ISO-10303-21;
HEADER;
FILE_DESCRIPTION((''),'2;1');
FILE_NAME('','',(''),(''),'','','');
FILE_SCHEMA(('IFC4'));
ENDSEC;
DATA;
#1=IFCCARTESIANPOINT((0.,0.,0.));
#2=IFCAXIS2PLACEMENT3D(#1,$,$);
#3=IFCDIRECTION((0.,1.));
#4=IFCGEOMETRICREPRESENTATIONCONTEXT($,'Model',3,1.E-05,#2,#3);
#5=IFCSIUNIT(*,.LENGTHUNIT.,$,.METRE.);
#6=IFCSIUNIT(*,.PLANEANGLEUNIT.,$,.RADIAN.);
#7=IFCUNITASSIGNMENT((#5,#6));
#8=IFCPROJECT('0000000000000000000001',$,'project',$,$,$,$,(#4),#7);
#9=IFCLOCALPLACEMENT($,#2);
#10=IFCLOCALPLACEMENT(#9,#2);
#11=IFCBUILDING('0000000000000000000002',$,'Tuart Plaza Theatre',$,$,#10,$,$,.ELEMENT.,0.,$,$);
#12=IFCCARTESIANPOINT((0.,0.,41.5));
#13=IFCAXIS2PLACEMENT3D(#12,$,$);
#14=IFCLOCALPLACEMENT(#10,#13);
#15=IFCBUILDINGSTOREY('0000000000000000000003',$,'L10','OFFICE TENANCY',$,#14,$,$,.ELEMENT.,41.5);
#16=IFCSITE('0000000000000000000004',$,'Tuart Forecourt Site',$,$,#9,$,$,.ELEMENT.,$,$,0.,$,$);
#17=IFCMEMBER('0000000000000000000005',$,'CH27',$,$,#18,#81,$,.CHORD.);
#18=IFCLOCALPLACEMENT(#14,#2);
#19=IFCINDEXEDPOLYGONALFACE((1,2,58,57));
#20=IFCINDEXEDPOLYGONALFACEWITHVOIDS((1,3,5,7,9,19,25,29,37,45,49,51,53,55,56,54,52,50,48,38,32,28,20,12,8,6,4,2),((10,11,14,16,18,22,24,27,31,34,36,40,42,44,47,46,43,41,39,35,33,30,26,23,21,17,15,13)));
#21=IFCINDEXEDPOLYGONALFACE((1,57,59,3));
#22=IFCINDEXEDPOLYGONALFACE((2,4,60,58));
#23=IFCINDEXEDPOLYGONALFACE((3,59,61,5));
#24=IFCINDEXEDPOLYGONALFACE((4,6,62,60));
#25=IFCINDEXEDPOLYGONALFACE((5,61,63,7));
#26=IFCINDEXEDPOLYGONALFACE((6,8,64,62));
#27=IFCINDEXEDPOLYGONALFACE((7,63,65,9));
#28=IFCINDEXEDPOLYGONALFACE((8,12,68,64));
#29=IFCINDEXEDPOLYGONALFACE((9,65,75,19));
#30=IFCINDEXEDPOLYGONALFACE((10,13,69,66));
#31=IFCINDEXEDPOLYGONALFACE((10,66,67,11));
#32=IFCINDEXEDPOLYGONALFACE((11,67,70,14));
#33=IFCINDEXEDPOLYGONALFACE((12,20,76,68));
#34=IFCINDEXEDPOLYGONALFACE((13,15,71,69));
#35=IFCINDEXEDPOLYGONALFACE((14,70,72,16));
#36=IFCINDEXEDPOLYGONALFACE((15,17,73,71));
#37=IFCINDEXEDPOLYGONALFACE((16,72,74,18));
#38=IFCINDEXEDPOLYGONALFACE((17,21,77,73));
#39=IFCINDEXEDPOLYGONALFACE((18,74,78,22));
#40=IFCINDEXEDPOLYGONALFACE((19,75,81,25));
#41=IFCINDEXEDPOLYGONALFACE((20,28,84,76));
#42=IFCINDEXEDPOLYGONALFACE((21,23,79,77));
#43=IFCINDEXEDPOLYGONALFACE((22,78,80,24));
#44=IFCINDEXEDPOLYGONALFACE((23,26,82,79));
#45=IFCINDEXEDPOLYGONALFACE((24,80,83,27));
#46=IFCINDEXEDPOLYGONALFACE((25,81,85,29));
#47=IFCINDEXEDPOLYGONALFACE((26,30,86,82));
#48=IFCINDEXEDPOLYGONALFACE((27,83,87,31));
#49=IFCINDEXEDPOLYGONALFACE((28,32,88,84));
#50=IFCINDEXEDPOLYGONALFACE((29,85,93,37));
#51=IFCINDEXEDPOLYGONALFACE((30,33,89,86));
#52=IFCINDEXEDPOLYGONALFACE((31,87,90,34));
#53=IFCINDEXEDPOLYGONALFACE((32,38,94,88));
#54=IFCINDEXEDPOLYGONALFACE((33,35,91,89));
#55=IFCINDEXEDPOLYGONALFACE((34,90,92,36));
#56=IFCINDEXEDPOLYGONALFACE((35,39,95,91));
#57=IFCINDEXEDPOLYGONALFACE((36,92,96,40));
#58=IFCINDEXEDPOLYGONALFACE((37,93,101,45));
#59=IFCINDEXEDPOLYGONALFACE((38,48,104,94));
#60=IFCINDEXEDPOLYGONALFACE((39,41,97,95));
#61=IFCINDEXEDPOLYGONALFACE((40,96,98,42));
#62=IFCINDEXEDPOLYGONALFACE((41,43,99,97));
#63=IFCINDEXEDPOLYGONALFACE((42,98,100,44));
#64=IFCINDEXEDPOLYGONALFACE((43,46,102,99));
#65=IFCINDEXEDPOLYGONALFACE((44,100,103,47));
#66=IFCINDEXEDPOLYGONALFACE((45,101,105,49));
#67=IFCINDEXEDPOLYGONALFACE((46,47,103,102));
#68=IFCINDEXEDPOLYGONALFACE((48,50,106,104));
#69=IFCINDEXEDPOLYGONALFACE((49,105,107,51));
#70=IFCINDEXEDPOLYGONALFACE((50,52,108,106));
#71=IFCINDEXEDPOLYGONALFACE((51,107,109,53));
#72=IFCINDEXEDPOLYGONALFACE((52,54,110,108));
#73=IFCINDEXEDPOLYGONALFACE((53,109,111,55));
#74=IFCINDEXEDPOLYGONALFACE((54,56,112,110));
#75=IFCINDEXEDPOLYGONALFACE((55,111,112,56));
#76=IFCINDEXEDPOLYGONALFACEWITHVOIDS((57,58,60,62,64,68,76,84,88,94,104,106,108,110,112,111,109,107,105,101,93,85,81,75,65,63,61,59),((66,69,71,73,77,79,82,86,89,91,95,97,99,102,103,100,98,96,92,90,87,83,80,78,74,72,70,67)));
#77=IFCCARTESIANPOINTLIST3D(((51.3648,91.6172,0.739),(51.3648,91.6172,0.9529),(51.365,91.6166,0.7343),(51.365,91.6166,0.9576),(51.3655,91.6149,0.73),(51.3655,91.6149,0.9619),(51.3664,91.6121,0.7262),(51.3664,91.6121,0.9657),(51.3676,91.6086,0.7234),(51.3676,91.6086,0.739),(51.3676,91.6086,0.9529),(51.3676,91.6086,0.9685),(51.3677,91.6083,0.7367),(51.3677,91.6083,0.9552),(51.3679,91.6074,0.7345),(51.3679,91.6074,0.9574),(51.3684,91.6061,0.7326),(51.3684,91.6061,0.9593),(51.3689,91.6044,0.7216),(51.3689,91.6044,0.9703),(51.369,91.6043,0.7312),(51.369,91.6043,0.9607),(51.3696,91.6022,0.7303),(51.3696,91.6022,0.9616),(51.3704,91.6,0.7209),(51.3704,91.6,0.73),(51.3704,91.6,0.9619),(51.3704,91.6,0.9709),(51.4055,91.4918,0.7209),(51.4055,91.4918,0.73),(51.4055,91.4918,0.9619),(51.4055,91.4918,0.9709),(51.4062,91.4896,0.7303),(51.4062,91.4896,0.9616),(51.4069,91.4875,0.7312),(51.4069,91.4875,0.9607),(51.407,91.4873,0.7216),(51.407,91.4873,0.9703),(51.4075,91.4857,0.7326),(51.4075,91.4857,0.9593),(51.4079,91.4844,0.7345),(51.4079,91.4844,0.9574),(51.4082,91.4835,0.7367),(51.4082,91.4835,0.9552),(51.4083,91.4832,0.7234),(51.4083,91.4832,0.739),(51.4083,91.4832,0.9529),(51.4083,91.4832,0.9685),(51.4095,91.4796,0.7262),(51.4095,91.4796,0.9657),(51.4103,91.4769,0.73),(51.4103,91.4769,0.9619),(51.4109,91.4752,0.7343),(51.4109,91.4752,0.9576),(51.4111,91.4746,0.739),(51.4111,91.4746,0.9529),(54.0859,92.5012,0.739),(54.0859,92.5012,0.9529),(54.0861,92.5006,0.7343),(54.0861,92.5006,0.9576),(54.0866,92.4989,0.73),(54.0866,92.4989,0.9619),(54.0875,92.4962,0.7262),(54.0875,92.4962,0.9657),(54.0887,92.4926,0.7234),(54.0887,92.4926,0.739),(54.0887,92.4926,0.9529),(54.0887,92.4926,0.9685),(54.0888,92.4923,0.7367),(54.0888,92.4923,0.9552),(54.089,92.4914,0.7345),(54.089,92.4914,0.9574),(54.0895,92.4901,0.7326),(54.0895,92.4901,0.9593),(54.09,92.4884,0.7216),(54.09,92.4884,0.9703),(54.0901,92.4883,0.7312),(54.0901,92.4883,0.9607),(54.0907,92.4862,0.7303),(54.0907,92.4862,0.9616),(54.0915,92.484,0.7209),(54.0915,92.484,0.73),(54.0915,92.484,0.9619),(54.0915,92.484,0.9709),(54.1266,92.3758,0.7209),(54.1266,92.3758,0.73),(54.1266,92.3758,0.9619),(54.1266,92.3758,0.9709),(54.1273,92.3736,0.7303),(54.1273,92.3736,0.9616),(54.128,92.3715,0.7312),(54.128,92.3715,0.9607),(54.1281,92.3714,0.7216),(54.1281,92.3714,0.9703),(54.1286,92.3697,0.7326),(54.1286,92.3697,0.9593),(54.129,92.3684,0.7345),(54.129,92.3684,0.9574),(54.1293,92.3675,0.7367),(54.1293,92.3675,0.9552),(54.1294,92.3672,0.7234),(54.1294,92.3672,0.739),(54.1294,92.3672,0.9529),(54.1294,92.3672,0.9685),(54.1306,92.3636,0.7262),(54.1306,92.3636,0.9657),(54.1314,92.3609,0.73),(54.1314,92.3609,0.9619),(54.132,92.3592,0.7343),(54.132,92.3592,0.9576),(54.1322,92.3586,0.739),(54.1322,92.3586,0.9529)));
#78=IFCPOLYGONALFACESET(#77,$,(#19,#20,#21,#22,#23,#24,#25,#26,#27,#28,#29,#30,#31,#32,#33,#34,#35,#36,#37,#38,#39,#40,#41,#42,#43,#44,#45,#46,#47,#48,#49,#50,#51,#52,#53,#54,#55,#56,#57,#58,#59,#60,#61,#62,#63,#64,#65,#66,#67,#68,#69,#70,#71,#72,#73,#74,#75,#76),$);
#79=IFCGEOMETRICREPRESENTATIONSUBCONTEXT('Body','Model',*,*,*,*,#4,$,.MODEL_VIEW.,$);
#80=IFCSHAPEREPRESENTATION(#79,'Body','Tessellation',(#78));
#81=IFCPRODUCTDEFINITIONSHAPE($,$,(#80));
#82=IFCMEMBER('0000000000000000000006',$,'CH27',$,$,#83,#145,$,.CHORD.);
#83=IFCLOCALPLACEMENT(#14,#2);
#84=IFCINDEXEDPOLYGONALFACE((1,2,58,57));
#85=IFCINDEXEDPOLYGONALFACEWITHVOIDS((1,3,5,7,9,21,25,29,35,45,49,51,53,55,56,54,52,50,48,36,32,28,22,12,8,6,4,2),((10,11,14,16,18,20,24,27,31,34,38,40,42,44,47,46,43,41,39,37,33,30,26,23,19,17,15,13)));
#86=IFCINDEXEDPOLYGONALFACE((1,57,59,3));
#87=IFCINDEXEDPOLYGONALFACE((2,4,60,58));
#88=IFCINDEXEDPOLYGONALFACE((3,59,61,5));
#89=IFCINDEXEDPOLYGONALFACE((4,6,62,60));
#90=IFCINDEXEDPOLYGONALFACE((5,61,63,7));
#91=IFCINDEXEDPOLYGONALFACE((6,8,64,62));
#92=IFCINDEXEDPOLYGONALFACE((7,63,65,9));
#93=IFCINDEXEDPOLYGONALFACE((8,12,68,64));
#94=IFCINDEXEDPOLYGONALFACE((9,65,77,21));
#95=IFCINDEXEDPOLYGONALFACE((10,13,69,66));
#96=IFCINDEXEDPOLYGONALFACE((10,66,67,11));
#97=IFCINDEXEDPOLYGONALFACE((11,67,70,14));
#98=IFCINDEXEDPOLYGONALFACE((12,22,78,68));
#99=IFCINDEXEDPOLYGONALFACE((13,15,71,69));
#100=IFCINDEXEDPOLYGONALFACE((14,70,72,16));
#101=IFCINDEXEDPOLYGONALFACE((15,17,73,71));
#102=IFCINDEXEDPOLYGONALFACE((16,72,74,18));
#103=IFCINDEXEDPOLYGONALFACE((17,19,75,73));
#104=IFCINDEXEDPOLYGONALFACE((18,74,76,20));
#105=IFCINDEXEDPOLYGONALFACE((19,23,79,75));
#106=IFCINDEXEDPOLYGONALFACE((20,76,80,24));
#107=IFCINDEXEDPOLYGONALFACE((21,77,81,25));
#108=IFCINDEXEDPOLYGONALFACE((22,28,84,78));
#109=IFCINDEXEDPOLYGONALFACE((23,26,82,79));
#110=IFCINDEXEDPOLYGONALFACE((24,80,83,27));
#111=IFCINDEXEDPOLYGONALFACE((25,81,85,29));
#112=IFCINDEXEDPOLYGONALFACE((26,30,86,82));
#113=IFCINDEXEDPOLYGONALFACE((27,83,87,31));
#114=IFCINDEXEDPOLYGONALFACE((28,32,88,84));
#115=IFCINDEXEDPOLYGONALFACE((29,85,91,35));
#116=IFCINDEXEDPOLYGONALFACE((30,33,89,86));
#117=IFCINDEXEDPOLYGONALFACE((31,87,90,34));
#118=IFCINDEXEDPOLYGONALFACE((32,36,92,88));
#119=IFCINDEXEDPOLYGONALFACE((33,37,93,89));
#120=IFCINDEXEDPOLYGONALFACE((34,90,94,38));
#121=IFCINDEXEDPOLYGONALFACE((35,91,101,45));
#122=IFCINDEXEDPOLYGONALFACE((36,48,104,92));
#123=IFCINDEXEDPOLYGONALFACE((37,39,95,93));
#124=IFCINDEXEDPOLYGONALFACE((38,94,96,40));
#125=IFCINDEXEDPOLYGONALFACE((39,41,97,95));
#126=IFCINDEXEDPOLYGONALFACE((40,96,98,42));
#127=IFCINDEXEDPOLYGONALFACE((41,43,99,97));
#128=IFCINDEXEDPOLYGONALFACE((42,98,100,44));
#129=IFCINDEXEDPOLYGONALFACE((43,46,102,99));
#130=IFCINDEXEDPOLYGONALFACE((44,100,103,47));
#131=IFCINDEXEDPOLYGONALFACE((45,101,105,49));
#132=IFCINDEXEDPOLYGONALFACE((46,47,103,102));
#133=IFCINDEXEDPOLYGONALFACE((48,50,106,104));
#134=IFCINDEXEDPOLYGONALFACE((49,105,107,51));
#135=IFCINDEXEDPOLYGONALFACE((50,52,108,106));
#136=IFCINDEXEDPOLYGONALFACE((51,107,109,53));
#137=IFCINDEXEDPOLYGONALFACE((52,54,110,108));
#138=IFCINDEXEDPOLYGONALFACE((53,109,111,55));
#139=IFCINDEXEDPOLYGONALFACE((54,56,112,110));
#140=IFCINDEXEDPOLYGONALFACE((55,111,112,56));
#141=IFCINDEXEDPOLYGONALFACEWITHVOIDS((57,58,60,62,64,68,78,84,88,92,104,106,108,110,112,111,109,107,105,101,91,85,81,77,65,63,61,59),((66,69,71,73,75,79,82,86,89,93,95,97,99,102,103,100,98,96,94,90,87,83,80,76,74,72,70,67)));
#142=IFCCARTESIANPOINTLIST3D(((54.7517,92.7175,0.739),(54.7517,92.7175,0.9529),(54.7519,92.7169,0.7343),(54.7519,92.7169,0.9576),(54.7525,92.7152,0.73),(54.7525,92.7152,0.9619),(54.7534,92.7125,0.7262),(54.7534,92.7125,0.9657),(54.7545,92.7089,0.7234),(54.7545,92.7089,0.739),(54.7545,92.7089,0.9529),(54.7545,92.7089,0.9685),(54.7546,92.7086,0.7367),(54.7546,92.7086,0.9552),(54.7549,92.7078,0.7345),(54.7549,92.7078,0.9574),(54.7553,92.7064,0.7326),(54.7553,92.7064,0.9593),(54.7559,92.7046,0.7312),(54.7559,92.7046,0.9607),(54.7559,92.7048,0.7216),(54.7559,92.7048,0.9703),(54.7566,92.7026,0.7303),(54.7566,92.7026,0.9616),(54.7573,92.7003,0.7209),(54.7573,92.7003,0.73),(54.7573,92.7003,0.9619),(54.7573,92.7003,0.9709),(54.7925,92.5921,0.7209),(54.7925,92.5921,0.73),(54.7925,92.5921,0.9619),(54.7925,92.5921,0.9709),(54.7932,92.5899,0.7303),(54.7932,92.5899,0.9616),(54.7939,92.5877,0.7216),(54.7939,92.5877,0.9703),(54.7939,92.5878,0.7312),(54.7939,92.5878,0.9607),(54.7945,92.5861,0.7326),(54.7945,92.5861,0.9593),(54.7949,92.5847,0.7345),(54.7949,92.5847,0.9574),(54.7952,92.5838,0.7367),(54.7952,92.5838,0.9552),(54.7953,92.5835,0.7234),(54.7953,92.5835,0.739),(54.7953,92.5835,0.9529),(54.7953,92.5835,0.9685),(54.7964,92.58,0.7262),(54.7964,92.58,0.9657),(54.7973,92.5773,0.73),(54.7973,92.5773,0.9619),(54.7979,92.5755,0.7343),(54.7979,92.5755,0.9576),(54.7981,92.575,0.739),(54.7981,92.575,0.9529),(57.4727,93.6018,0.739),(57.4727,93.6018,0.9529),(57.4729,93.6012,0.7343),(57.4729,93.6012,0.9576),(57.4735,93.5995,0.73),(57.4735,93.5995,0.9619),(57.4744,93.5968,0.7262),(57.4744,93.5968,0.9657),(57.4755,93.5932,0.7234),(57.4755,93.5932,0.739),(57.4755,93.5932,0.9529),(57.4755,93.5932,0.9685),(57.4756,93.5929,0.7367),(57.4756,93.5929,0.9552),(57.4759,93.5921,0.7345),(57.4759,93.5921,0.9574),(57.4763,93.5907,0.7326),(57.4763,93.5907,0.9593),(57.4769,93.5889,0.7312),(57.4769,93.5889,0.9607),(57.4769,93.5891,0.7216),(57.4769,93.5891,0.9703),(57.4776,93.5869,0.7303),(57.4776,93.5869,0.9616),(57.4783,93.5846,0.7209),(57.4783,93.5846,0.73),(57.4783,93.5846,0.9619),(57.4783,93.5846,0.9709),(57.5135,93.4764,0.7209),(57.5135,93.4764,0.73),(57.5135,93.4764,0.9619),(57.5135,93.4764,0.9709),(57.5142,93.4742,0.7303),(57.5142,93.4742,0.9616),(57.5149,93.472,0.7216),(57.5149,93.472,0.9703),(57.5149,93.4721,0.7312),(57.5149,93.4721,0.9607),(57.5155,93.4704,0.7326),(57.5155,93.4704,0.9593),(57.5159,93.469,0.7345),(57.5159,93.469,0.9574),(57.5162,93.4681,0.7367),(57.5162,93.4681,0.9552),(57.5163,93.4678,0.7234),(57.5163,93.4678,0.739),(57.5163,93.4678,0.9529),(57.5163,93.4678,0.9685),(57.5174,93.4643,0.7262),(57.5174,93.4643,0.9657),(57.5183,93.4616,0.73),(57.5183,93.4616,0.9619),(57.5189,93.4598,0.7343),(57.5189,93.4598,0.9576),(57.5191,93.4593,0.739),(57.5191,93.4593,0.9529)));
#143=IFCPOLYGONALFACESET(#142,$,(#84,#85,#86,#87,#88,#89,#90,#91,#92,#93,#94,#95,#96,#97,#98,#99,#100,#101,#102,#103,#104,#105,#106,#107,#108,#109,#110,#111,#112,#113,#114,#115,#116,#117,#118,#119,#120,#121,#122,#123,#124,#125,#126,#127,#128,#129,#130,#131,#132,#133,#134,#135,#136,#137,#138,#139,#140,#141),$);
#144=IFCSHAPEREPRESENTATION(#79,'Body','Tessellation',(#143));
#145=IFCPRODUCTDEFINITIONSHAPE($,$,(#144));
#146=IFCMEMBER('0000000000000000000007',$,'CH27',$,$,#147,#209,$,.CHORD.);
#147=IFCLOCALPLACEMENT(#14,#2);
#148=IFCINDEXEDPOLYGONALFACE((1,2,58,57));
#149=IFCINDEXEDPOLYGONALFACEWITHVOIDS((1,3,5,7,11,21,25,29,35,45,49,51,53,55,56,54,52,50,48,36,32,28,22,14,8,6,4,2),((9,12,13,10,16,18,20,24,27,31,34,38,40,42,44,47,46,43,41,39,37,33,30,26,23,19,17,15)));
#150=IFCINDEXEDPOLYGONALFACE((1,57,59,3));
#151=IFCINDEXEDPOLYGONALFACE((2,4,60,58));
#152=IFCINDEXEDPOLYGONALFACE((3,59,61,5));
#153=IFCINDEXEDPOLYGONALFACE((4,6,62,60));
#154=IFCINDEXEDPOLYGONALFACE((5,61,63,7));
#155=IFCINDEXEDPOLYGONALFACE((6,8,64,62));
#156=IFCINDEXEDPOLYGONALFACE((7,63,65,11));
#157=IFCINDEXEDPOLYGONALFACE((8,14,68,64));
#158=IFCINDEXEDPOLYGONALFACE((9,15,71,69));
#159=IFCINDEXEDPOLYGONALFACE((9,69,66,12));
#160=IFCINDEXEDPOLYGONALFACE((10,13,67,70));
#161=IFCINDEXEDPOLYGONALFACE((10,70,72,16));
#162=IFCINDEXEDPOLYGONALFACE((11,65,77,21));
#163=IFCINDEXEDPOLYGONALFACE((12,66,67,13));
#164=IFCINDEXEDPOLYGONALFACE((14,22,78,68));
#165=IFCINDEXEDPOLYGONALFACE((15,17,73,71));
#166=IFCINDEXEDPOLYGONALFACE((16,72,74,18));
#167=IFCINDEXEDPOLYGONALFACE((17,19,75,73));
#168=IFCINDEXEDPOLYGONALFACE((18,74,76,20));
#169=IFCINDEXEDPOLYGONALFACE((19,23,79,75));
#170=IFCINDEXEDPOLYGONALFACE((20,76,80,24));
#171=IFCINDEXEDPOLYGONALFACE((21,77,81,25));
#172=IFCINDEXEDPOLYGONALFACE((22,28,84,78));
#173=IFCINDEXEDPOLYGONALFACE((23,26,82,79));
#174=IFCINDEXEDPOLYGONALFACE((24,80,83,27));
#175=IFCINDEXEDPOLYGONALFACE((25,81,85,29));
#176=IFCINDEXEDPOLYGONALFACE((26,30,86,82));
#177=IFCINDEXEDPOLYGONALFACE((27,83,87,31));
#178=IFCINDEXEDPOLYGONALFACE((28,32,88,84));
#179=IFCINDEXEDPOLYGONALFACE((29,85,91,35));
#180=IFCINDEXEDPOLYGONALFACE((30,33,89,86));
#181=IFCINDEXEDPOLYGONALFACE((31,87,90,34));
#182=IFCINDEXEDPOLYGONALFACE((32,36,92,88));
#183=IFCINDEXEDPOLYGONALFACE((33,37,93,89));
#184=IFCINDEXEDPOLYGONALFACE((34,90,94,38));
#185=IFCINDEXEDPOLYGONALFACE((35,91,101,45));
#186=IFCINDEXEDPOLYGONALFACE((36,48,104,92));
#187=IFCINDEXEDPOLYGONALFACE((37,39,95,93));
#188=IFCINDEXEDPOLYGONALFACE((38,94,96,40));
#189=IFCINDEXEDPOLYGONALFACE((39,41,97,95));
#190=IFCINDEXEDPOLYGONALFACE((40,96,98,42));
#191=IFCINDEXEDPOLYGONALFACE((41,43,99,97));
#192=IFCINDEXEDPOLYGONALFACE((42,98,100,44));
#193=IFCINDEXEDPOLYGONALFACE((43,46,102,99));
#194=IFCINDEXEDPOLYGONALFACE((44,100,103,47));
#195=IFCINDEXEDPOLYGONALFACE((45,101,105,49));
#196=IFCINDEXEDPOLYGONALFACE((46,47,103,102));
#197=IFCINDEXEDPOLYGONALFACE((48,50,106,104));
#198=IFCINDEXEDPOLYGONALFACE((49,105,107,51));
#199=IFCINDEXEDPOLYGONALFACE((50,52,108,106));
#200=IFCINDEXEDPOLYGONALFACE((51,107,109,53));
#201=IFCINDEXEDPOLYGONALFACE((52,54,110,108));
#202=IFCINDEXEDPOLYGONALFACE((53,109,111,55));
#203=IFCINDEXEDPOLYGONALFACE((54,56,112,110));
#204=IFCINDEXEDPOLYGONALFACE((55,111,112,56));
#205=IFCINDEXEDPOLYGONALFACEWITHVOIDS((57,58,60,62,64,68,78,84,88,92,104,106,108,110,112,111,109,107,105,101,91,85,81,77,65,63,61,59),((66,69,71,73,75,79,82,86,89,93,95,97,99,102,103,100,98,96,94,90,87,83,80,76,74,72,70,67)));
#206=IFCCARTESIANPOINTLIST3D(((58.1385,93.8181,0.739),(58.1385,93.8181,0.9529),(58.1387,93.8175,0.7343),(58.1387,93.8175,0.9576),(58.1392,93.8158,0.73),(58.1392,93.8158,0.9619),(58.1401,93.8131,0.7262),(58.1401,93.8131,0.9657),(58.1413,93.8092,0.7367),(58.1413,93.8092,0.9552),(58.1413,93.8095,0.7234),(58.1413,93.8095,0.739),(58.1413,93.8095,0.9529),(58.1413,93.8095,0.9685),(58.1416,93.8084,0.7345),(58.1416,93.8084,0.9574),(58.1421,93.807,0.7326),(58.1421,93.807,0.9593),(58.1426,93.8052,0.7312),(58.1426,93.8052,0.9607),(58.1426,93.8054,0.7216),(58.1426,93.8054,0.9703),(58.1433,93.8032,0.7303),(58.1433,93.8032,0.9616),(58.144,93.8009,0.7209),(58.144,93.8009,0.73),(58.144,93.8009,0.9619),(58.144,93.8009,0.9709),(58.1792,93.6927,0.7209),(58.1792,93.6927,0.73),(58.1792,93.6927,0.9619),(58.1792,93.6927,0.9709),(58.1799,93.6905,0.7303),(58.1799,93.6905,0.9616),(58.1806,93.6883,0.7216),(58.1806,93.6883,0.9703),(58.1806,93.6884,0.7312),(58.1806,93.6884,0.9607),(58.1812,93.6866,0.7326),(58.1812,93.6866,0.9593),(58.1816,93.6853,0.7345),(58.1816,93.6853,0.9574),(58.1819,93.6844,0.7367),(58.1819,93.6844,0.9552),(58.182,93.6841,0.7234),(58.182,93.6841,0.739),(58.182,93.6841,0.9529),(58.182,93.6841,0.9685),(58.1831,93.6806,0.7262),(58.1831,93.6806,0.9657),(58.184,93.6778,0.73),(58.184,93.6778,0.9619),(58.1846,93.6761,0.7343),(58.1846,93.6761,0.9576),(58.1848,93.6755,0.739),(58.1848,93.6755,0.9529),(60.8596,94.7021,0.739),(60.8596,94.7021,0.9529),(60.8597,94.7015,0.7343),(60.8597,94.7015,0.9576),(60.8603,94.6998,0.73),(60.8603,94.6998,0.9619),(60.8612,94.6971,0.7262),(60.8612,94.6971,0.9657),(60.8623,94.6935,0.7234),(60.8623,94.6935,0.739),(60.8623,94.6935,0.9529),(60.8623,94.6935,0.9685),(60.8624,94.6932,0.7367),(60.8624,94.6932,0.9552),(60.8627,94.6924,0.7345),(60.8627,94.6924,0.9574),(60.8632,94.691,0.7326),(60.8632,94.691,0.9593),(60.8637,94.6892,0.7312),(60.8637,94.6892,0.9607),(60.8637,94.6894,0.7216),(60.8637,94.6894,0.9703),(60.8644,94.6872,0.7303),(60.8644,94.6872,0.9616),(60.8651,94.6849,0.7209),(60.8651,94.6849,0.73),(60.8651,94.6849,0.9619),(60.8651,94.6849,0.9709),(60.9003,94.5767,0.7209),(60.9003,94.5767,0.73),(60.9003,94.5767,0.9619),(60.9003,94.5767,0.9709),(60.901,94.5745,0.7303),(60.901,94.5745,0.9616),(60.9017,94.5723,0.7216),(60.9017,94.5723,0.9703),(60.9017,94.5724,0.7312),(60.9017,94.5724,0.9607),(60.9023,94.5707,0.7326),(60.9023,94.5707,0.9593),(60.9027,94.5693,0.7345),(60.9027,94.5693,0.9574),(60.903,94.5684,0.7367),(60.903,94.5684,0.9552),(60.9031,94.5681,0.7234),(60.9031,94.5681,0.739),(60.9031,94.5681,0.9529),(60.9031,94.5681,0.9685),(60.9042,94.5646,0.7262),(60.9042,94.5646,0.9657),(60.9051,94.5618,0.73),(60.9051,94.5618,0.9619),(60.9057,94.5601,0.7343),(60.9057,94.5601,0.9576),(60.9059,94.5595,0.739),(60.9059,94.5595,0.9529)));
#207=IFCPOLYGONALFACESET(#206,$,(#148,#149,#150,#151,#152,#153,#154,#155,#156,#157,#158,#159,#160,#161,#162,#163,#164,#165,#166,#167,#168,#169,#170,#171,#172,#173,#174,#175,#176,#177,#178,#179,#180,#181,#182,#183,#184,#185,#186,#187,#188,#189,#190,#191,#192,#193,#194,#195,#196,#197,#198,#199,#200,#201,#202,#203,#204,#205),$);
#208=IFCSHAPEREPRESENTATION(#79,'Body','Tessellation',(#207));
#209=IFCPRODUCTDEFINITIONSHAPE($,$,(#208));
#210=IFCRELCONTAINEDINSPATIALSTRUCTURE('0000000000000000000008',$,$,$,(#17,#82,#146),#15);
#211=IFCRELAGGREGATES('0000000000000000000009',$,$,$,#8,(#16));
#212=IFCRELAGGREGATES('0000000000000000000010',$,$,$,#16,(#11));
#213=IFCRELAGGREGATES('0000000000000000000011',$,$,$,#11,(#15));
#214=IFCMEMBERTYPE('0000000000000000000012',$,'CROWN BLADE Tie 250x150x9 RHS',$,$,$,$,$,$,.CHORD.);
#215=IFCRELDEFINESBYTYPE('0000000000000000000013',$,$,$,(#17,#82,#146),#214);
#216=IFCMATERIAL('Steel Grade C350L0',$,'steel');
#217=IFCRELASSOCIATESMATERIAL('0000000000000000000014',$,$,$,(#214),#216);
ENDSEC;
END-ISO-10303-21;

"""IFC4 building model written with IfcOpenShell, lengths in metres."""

from ifc_helpers import new_model, si_unit, direction, frame, origin, origin_2d, place, context, subcontext, project, spatial, hollow_rectangle, extrude, material, material_profile, profile_set, type_object, element, save


model = new_model("IFC4")

# Units and contexts
model_context = context("Model", 3, precision=1e-05, world=origin(), true_north=direction((0.0, 1.0)))
body_context = subcontext(model_context, "Body", "Model", "MODEL_VIEW")
ifc_project = project(units=[si_unit("LENGTHUNIT", "METRE"), si_unit("PLANEANGLEUNIT", "RADIAN")], contexts=[model_context])

# Site, building, storey
site_placement = place(None, origin())
site = spatial("IfcSite", under=ifc_project, at=site_placement, Name="Tuart Forecourt Site", CompositionType="ELEMENT", RefElevation=0.0)
building_placement = place(site_placement, origin())
building = spatial("IfcBuilding", under=site, at=building_placement, Name="Tuart Plaza Theatre", CompositionType="ELEMENT", ElevationOfRefHeight=0.0)
storey_placement = place(building_placement, frame((0.0, 0.0, 41.5)))
storey = spatial("IfcBuildingStorey", under=building, at=storey_placement, Name="L10", Description="OFFICE TENANCY", CompositionType="ELEMENT", Elevation=41.5)

# Members
ifc_material_1 = material(Name="Steel Grade C350L0", Category="steel")
ifc_material_profile_1 = material_profile(ifc_material_1, hollow_rectangle(XDim=0.1499, YDim=0.25, WallThickness=0.009, InnerFilletRadius=0.009, OuterFilletRadius=0.0181, at=origin_2d()), Name="250x150x9 RHS")
ifc_profile_set_1 = profile_set([ifc_material_profile_1], Name="Steel Grade C350L0")
member_type_1 = type_object("IfcMemberType", Name="CROWN BLADE Tie 250x150x9 RHS", PredefinedType="CHORD", material=ifc_profile_set_1)
for number, where, z_axis, x_axis, name in (
    (1, (51.3879, 91.5459, 0.8459), (0.95107, 0.308974, 0.0), (-0.308974, 0.95107, 0.0), "CH27"),
    (2, (54.7749, 92.6462, 0.8459), (0.951037, 0.309076, 0.0), (-0.309076, 0.951037, 0.0), "CH27"),
    (3, (58.1616, 93.7468, 0.8459), (0.95107, 0.308974, 0.0), (-0.308974, 0.95107, 0.0), "CH27"),
):
    element("IfcMember", number, at=place(storey_placement, frame(where, z_axis=z_axis, x_axis=x_axis)), inside=storey, type_object=member_type_1, Name=name, PredefinedType="CHORD", context=body_context, shape_type="SweptSolid", body=[
        extrude(hollow_rectangle(XDim=0.1499, YDim=0.25, WallThickness=0.009, InnerFilletRadius=0.009, OuterFilletRadius=0.0181, at=origin_2d()), origin(), (0.0, 0.0, 1.0), 2.8611),
    ])

save(model, "model.ifc")
